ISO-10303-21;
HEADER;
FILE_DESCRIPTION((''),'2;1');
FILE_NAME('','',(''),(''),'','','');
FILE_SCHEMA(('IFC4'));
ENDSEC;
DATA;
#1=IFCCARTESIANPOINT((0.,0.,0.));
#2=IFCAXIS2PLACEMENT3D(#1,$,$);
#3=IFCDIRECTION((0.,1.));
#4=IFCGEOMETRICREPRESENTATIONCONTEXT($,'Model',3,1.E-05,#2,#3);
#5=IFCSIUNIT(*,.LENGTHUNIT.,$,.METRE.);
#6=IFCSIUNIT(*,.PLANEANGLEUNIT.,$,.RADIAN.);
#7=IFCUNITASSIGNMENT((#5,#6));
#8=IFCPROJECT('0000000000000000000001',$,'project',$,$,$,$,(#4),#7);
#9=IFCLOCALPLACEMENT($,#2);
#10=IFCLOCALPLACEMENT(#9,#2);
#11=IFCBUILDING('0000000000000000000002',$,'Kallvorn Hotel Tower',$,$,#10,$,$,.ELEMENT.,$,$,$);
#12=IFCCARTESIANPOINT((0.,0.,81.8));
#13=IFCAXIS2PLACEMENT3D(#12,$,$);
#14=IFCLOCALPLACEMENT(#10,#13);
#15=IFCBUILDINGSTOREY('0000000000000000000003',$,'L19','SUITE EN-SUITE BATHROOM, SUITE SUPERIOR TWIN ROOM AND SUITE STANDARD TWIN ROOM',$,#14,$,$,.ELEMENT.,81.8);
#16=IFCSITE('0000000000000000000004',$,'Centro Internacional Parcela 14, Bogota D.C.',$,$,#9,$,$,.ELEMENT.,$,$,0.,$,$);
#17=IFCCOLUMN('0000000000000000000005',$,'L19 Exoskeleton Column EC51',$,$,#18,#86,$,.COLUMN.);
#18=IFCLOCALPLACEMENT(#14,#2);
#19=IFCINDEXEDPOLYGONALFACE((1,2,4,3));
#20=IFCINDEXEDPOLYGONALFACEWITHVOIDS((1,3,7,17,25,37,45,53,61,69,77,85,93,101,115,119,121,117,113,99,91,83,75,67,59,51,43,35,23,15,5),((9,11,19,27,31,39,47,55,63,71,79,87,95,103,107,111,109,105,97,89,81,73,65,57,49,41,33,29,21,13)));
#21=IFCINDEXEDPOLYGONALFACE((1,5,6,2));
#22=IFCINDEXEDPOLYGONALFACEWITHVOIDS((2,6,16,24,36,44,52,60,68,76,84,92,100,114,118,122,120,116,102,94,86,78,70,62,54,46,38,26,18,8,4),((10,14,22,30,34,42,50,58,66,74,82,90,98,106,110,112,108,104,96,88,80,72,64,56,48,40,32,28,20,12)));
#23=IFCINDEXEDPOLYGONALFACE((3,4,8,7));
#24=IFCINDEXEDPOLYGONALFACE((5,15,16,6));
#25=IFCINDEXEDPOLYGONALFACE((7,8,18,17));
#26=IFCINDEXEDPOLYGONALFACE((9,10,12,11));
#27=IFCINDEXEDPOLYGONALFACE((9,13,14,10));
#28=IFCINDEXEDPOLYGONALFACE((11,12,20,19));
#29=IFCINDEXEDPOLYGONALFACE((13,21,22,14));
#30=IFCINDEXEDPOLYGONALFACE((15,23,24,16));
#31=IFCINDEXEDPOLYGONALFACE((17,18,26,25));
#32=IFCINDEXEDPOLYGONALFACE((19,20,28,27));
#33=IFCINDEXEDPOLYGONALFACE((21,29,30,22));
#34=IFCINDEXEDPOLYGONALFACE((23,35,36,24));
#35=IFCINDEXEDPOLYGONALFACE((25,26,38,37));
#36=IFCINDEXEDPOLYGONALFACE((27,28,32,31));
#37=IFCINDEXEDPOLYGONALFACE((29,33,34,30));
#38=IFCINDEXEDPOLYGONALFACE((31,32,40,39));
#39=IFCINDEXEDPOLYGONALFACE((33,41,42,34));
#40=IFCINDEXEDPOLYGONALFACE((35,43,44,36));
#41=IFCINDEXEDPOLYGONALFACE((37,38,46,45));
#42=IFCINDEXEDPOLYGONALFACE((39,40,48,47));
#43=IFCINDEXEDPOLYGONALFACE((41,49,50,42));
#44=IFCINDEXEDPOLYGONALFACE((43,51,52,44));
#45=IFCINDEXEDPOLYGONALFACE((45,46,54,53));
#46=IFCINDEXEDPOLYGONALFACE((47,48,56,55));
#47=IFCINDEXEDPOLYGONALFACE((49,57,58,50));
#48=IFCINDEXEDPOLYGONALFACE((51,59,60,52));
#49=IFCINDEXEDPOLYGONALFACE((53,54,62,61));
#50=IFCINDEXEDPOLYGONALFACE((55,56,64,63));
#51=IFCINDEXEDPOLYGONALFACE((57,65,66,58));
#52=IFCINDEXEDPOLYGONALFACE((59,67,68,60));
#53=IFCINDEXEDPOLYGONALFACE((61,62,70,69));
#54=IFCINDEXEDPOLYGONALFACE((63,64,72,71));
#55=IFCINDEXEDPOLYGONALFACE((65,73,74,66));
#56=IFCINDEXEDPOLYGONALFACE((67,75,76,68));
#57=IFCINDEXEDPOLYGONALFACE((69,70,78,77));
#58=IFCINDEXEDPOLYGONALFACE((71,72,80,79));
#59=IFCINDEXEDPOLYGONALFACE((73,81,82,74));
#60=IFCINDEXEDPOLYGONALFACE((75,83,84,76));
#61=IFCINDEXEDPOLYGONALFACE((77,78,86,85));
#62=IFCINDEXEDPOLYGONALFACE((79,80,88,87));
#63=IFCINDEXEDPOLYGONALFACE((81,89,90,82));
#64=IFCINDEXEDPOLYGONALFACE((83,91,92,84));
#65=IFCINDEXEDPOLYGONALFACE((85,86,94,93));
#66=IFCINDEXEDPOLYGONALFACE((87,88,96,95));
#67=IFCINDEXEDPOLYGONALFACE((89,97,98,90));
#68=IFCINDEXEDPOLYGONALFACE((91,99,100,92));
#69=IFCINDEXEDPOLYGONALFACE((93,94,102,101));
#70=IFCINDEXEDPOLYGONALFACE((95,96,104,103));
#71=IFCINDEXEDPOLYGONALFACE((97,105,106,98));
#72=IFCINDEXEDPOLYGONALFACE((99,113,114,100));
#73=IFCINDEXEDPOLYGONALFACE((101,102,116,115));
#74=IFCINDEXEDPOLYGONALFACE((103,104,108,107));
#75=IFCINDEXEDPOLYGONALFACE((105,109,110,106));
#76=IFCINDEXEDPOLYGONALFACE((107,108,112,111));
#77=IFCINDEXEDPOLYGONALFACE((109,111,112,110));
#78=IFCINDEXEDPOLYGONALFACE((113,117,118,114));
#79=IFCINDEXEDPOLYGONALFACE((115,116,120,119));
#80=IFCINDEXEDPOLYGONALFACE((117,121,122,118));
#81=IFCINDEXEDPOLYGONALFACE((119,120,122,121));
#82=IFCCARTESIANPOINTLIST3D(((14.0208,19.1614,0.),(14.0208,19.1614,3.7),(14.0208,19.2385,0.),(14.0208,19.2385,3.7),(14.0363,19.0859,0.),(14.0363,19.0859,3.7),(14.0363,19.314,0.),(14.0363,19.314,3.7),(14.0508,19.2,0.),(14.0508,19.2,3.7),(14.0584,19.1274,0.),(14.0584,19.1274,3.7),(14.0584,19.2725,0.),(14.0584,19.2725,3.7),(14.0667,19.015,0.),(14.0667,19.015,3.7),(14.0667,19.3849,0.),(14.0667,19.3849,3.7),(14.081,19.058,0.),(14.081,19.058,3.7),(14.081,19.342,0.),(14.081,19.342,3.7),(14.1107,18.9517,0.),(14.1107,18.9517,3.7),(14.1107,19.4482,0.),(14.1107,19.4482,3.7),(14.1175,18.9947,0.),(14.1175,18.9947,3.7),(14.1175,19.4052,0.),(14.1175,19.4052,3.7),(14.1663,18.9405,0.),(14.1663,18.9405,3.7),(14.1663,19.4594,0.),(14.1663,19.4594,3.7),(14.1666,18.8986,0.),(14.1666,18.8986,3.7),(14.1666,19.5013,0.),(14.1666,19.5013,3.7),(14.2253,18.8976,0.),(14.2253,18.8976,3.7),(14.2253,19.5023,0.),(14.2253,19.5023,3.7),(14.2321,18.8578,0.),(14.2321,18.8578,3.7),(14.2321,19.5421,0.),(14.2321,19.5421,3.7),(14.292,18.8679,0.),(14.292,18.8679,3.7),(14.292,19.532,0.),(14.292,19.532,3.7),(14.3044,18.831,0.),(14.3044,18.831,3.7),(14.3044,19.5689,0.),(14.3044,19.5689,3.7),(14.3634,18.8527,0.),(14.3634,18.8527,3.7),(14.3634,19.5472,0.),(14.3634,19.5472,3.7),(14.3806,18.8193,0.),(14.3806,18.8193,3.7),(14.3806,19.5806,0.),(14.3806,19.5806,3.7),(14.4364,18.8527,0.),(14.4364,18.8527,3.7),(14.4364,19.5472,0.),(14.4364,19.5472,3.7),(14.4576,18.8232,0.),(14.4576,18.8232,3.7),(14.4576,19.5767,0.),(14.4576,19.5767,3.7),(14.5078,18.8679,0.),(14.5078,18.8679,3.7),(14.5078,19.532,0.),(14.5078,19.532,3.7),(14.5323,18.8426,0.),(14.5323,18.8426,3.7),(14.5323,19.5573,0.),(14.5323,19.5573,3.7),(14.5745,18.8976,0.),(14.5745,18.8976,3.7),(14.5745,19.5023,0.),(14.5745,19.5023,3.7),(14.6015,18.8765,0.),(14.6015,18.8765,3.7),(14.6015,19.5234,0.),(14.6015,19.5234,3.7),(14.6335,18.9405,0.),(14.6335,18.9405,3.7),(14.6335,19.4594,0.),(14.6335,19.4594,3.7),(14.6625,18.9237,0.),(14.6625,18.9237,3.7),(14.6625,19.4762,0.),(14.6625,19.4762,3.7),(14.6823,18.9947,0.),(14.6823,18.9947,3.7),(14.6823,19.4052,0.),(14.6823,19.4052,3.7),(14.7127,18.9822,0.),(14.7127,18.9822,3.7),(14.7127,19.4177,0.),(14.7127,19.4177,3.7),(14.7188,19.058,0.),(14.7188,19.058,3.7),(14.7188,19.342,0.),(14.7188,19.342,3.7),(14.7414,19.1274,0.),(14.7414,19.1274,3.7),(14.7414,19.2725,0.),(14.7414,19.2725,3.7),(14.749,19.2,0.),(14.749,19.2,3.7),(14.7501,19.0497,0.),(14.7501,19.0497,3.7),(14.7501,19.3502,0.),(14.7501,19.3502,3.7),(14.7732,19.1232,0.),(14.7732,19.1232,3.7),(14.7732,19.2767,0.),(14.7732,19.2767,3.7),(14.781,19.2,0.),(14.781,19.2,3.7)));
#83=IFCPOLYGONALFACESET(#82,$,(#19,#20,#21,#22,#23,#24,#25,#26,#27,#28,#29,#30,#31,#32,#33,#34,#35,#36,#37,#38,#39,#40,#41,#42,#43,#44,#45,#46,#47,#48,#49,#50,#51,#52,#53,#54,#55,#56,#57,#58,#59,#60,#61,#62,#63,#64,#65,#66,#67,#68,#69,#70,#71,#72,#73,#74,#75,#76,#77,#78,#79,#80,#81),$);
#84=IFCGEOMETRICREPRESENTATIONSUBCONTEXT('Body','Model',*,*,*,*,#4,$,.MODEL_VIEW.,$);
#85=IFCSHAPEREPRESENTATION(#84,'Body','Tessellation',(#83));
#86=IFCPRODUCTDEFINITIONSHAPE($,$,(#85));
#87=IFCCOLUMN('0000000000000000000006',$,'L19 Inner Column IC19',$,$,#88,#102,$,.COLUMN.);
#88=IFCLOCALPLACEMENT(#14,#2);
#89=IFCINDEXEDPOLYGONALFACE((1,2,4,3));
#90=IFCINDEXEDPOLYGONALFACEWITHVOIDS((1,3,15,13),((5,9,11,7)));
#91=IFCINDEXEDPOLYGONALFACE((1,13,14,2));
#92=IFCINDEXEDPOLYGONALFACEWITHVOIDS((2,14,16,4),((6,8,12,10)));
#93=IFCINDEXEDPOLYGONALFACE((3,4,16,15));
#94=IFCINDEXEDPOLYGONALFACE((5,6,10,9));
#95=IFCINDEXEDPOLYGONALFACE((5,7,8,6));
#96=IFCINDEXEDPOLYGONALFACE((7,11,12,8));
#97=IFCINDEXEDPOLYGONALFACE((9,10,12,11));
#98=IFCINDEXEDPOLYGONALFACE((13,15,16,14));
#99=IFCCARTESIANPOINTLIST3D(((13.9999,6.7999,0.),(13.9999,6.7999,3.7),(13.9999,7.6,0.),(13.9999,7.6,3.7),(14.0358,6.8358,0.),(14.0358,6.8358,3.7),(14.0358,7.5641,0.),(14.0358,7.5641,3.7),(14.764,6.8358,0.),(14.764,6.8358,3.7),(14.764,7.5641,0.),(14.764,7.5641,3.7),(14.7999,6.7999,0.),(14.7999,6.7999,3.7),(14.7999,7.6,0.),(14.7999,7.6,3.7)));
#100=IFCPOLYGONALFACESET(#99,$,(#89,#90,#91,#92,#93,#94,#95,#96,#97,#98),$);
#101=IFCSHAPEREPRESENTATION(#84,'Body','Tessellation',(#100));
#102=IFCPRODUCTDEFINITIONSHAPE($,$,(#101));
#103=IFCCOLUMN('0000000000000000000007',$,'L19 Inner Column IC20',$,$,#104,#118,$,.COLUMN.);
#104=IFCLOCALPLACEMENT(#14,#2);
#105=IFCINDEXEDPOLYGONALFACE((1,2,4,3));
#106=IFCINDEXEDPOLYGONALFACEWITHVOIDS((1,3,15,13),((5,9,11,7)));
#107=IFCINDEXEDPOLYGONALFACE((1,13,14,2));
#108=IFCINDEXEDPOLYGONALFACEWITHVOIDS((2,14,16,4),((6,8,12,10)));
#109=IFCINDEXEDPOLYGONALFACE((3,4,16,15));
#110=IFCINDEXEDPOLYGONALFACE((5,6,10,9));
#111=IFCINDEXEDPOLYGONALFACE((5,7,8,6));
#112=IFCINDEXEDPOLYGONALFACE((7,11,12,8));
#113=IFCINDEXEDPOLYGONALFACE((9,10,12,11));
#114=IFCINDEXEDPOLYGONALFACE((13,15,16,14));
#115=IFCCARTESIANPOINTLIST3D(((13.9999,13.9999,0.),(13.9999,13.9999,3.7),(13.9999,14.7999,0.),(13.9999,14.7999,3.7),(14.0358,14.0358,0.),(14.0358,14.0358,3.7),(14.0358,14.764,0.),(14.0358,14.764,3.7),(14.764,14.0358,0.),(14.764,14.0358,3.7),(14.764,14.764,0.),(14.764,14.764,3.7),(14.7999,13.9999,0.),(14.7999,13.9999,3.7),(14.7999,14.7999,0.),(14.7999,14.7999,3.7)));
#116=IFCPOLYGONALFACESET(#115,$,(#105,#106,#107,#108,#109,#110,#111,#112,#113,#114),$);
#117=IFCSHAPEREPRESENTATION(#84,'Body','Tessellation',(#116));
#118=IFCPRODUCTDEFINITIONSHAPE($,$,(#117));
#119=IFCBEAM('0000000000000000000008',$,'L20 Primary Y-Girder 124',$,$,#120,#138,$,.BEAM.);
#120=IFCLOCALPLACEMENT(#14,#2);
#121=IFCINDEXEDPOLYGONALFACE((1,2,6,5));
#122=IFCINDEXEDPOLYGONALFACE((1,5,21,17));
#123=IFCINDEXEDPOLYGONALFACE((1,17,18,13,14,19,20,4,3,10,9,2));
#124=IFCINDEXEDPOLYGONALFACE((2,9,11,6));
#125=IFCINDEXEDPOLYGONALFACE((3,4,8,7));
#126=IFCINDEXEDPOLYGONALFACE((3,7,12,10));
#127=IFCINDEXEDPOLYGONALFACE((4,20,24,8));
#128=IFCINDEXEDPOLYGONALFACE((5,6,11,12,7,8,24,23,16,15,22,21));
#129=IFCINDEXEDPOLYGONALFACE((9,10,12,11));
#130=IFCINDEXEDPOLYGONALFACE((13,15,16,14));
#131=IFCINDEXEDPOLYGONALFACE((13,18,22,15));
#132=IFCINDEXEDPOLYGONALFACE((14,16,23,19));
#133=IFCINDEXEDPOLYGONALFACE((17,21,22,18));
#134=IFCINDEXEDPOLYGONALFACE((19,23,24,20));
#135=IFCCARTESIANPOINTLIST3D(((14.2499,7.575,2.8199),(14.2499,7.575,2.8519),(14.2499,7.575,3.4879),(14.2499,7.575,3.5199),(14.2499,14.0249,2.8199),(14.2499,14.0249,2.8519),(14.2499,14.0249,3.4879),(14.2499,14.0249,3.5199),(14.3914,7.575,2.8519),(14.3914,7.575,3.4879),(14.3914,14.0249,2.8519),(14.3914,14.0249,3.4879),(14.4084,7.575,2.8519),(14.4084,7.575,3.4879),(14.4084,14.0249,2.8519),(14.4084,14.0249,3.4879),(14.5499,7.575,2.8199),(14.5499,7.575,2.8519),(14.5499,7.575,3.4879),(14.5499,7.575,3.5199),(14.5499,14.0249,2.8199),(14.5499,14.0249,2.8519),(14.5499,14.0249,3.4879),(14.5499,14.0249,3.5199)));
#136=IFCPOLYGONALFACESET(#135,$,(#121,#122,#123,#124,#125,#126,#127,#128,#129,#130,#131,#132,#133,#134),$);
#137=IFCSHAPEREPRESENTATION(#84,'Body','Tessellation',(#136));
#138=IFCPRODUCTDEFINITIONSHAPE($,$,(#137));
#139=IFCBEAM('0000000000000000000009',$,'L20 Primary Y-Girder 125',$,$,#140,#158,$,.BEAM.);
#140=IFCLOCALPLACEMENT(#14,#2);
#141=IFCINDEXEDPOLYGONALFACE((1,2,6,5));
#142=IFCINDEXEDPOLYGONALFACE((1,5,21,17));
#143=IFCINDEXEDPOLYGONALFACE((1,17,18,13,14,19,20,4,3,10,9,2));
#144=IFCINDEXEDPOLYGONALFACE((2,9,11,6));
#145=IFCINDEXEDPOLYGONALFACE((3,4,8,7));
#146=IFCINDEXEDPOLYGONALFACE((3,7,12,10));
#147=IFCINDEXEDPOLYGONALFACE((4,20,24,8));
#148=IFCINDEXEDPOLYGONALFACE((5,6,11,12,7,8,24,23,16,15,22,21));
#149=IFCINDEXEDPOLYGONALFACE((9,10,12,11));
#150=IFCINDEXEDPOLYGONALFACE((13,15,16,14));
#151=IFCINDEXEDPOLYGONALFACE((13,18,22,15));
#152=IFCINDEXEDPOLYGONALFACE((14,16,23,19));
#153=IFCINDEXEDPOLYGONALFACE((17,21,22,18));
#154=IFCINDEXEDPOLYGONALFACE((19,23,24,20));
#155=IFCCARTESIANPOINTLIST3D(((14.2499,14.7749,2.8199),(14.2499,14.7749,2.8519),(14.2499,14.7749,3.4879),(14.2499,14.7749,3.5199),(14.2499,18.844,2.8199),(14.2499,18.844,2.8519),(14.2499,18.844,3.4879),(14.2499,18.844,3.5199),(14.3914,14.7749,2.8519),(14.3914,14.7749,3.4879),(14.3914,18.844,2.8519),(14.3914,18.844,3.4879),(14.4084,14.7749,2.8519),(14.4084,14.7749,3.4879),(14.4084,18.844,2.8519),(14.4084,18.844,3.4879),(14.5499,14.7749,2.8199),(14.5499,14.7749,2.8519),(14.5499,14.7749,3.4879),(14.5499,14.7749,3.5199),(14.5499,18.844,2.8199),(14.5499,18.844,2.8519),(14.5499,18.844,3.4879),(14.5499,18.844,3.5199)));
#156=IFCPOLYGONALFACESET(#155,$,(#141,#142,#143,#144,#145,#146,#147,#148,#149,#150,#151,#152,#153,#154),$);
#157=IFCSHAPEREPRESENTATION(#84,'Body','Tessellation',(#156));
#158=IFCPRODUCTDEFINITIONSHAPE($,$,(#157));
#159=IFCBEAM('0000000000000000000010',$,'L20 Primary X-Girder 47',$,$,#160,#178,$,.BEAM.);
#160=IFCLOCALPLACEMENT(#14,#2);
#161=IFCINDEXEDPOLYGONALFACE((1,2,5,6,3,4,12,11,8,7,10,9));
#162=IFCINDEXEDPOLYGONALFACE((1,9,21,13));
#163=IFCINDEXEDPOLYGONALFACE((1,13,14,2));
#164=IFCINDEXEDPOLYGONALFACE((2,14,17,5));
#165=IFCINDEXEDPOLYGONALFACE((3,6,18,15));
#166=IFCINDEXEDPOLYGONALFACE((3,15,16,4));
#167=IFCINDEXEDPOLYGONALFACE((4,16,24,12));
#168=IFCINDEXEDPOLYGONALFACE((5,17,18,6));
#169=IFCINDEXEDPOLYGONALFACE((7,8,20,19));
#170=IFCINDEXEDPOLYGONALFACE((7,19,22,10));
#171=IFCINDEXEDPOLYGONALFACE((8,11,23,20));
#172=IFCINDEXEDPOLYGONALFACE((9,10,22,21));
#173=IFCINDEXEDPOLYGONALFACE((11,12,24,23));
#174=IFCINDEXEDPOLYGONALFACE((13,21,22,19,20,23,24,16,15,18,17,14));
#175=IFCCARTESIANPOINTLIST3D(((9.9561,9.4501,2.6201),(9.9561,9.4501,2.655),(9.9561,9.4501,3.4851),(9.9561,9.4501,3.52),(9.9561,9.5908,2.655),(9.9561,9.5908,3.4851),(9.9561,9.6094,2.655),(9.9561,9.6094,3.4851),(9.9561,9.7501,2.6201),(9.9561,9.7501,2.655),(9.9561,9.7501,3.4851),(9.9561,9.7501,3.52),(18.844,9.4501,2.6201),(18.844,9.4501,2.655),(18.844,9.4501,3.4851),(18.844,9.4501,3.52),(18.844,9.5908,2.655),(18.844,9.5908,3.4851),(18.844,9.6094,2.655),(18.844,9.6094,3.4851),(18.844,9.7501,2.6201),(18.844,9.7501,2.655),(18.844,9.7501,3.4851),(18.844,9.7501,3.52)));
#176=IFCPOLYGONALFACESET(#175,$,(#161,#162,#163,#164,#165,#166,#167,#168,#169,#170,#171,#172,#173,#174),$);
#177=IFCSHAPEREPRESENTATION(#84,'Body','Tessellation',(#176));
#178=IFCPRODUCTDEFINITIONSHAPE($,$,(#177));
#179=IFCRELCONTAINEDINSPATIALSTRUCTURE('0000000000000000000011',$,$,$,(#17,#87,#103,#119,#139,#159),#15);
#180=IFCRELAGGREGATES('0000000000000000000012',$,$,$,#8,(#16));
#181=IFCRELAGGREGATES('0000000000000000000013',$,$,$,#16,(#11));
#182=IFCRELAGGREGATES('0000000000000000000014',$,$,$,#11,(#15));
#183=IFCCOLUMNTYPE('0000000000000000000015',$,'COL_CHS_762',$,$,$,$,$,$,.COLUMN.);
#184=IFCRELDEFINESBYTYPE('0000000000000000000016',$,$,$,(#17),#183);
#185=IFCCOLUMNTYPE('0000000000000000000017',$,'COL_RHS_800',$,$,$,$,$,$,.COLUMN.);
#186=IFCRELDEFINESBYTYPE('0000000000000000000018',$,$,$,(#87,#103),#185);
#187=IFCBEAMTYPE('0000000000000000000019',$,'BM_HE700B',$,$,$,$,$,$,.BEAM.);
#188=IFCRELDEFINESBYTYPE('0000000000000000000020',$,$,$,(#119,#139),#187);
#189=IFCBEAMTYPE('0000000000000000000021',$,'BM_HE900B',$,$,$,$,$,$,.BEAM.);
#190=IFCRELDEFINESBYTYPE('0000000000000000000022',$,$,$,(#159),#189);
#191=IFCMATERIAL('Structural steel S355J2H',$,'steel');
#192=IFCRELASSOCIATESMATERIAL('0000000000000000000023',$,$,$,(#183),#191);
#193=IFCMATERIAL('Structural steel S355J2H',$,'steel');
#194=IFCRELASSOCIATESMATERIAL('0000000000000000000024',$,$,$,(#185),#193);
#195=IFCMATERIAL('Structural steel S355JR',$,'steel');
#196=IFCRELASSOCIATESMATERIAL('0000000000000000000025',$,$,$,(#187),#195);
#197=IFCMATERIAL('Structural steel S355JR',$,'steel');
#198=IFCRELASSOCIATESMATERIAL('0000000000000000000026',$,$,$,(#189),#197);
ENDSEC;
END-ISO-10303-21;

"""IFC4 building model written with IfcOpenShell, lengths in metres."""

from ifc_helpers import new_model, si_unit, direction, frame, origin, origin_2d, place, context, subcontext, project, spatial, hollow_rectangle, hollow_circle, i_section, extrude, material, material_profile, profile_set, type_object, element, save


model = new_model("IFC4")

# Units and contexts
model_context = context("Model", 3, precision=1e-05, world=origin(), true_north=direction((0.0, 1.0)))
body_context = subcontext(model_context, "Body", "Model", "MODEL_VIEW")
ifc_project = project(units=[si_unit("LENGTHUNIT", "METRE"), si_unit("PLANEANGLEUNIT", "RADIAN")], contexts=[model_context])

# Site, building, storey
site_placement = place(None, origin())
site = spatial("IfcSite", under=ifc_project, at=site_placement, Name="Centro Internacional Parcela 14, Bogota D.C.", CompositionType="ELEMENT", RefElevation=0.0)
building_placement = place(site_placement, origin())
building = spatial("IfcBuilding", under=site, at=building_placement, Name="Kallvorn Hotel Tower", CompositionType="ELEMENT")
storey_placement = place(building_placement, frame((0.0, 0.0, 81.8)))
storey = spatial("IfcBuildingStorey", under=building, at=storey_placement, Name="L19", Description="SUITE EN-SUITE BATHROOM, SUITE SUPERIOR TWIN ROOM AND SUITE STANDARD TWIN ROOM", CompositionType="ELEMENT", Elevation=81.8)

# Columns
ifc_material_1 = material(Name="Structural steel S355J2H", Category="steel")
ifc_material_profile_1 = material_profile(ifc_material_1, hollow_circle(Radius=0.3811, WallThickness=0.032, at=origin_2d()), Name="CHS 762x32")
ifc_profile_set_1 = profile_set([ifc_material_profile_1], Name="Structural steel S355J2H")
column_type_1 = type_object("IfcColumnType", Name="COL_CHS_762", PredefinedType="COLUMN", material=ifc_profile_set_1)
for number, where, z_axis, x_axis, name in (
    (1, (14.3999, 19.2, 0.0), (0.0, 0.0, 1.0), (1.0, 0.0, 0.0), "L19 Exoskeleton Column EC51"),
):
    element("IfcColumn", number, at=place(storey_placement, frame(where, z_axis=z_axis, x_axis=x_axis)), inside=storey, type_object=column_type_1, Name=name, PredefinedType="COLUMN", context=body_context, shape_type="SweptSolid", body=[
        extrude(hollow_circle(Radius=0.3811, WallThickness=0.032, at=origin_2d()), origin(), (0.0, 0.0, 1.0), 3.7),
    ])
ifc_material_2 = material(Name="Structural steel S355J2H", Category="steel")
ifc_material_profile_2 = material_profile(ifc_material_2, hollow_rectangle(XDim=0.8, YDim=0.8, WallThickness=0.0359, at=origin_2d()), Name="RHS 800x800x36")
ifc_profile_set_2 = profile_set([ifc_material_profile_2], Name="Structural steel S355J2H")
column_type_2 = type_object("IfcColumnType", Name="COL_RHS_800", PredefinedType="COLUMN", material=ifc_profile_set_2)
for number, where, z_axis, x_axis, name in (
    (2, (14.3999, 7.2, 0.0), (0.0, 0.0, 1.0), (1.0, 0.0, 0.0), "L19 Inner Column IC19"),
    (3, (14.3999, 14.3999, 0.0), (0.0, 0.0, 1.0), (1.0, 0.0, 0.0), "L19 Inner Column IC20"),
):
    element("IfcColumn", number, at=place(storey_placement, frame(where, z_axis=z_axis, x_axis=x_axis)), inside=storey, type_object=column_type_2, Name=name, PredefinedType="COLUMN", context=body_context, shape_type="SweptSolid", body=[
        extrude(hollow_rectangle(XDim=0.8, YDim=0.8, WallThickness=0.0359, at=origin_2d()), origin(), (0.0, 0.0, 1.0), 3.7),
    ])

# Beams
ifc_material_3 = material(Name="Structural steel S355JR", Category="steel")
ifc_material_profile_3 = material_profile(ifc_material_3, i_section(OverallWidth=0.3, OverallDepth=0.7, WebThickness=0.0171, FlangeThickness=0.032, at=origin_2d()), Name="HE 700 B")
ifc_profile_set_3 = profile_set([ifc_material_profile_3], Name="Structural steel S355JR")
beam_type_1 = type_object("IfcBeamType", Name="BM_HE700B", PredefinedType="BEAM", material=ifc_profile_set_3)
beam_1_placement = place(storey_placement, frame((14.3999, 7.575, 3.1699), z_axis=(0.0, 1.0, 0.0), x_axis=(-1.0, 0.0, 0.0)))
element("IfcBeam", 4, at=beam_1_placement, inside=storey, type_object=beam_type_1, Name="L20 Primary Y-Girder 124", PredefinedType="BEAM", context=body_context, shape_type="SweptSolid", body=[
    extrude(i_section(OverallWidth=0.3, OverallDepth=0.7, WebThickness=0.0171, FlangeThickness=0.032, at=origin_2d()), origin(), (0.0, 0.0, 1.0), 6.45),
])
beam_2_placement = place(storey_placement, frame((14.3999, 14.7749, 3.1699), z_axis=(0.0, 1.0, 0.0), x_axis=(-1.0, 0.0, 0.0)))
element("IfcBeam", 5, at=beam_2_placement, inside=storey, type_object=beam_type_1, Name="L20 Primary Y-Girder 125", PredefinedType="BEAM", context=body_context, shape_type="SweptSolid", body=[
    extrude(i_section(OverallWidth=0.3, OverallDepth=0.7, WebThickness=0.0171, FlangeThickness=0.032, at=origin_2d()), origin(), (0.0, 0.0, 1.0), 4.0691),
])
ifc_material_4 = material(Name="Structural steel S355JR", Category="steel")
ifc_material_profile_4 = material_profile(ifc_material_4, i_section(OverallWidth=0.3, OverallDepth=0.8999, WebThickness=0.0186, FlangeThickness=0.0349, at=origin_2d()), Name="HE 900 B")
ifc_profile_set_4 = profile_set([ifc_material_profile_4], Name="Structural steel S355JR")
beam_type_2 = type_object("IfcBeamType", Name="BM_HE900B", PredefinedType="BEAM", material=ifc_profile_set_4)
beam_3_placement = place(storey_placement, frame((9.9561, 9.6001, 3.0701), z_axis=(1.0, 0.0, 0.0), x_axis=(0.0, 1.0, 0.0)))
element("IfcBeam", 6, at=beam_3_placement, inside=storey, type_object=beam_type_2, Name="L20 Primary X-Girder 47", PredefinedType="BEAM", context=body_context, shape_type="SweptSolid", body=[
    extrude(i_section(OverallWidth=0.3, OverallDepth=0.8999, WebThickness=0.0186, FlangeThickness=0.0349, at=origin_2d()), origin(), (0.0, 0.0, 1.0), 8.8879),
])

save(model, "model.ifc")
